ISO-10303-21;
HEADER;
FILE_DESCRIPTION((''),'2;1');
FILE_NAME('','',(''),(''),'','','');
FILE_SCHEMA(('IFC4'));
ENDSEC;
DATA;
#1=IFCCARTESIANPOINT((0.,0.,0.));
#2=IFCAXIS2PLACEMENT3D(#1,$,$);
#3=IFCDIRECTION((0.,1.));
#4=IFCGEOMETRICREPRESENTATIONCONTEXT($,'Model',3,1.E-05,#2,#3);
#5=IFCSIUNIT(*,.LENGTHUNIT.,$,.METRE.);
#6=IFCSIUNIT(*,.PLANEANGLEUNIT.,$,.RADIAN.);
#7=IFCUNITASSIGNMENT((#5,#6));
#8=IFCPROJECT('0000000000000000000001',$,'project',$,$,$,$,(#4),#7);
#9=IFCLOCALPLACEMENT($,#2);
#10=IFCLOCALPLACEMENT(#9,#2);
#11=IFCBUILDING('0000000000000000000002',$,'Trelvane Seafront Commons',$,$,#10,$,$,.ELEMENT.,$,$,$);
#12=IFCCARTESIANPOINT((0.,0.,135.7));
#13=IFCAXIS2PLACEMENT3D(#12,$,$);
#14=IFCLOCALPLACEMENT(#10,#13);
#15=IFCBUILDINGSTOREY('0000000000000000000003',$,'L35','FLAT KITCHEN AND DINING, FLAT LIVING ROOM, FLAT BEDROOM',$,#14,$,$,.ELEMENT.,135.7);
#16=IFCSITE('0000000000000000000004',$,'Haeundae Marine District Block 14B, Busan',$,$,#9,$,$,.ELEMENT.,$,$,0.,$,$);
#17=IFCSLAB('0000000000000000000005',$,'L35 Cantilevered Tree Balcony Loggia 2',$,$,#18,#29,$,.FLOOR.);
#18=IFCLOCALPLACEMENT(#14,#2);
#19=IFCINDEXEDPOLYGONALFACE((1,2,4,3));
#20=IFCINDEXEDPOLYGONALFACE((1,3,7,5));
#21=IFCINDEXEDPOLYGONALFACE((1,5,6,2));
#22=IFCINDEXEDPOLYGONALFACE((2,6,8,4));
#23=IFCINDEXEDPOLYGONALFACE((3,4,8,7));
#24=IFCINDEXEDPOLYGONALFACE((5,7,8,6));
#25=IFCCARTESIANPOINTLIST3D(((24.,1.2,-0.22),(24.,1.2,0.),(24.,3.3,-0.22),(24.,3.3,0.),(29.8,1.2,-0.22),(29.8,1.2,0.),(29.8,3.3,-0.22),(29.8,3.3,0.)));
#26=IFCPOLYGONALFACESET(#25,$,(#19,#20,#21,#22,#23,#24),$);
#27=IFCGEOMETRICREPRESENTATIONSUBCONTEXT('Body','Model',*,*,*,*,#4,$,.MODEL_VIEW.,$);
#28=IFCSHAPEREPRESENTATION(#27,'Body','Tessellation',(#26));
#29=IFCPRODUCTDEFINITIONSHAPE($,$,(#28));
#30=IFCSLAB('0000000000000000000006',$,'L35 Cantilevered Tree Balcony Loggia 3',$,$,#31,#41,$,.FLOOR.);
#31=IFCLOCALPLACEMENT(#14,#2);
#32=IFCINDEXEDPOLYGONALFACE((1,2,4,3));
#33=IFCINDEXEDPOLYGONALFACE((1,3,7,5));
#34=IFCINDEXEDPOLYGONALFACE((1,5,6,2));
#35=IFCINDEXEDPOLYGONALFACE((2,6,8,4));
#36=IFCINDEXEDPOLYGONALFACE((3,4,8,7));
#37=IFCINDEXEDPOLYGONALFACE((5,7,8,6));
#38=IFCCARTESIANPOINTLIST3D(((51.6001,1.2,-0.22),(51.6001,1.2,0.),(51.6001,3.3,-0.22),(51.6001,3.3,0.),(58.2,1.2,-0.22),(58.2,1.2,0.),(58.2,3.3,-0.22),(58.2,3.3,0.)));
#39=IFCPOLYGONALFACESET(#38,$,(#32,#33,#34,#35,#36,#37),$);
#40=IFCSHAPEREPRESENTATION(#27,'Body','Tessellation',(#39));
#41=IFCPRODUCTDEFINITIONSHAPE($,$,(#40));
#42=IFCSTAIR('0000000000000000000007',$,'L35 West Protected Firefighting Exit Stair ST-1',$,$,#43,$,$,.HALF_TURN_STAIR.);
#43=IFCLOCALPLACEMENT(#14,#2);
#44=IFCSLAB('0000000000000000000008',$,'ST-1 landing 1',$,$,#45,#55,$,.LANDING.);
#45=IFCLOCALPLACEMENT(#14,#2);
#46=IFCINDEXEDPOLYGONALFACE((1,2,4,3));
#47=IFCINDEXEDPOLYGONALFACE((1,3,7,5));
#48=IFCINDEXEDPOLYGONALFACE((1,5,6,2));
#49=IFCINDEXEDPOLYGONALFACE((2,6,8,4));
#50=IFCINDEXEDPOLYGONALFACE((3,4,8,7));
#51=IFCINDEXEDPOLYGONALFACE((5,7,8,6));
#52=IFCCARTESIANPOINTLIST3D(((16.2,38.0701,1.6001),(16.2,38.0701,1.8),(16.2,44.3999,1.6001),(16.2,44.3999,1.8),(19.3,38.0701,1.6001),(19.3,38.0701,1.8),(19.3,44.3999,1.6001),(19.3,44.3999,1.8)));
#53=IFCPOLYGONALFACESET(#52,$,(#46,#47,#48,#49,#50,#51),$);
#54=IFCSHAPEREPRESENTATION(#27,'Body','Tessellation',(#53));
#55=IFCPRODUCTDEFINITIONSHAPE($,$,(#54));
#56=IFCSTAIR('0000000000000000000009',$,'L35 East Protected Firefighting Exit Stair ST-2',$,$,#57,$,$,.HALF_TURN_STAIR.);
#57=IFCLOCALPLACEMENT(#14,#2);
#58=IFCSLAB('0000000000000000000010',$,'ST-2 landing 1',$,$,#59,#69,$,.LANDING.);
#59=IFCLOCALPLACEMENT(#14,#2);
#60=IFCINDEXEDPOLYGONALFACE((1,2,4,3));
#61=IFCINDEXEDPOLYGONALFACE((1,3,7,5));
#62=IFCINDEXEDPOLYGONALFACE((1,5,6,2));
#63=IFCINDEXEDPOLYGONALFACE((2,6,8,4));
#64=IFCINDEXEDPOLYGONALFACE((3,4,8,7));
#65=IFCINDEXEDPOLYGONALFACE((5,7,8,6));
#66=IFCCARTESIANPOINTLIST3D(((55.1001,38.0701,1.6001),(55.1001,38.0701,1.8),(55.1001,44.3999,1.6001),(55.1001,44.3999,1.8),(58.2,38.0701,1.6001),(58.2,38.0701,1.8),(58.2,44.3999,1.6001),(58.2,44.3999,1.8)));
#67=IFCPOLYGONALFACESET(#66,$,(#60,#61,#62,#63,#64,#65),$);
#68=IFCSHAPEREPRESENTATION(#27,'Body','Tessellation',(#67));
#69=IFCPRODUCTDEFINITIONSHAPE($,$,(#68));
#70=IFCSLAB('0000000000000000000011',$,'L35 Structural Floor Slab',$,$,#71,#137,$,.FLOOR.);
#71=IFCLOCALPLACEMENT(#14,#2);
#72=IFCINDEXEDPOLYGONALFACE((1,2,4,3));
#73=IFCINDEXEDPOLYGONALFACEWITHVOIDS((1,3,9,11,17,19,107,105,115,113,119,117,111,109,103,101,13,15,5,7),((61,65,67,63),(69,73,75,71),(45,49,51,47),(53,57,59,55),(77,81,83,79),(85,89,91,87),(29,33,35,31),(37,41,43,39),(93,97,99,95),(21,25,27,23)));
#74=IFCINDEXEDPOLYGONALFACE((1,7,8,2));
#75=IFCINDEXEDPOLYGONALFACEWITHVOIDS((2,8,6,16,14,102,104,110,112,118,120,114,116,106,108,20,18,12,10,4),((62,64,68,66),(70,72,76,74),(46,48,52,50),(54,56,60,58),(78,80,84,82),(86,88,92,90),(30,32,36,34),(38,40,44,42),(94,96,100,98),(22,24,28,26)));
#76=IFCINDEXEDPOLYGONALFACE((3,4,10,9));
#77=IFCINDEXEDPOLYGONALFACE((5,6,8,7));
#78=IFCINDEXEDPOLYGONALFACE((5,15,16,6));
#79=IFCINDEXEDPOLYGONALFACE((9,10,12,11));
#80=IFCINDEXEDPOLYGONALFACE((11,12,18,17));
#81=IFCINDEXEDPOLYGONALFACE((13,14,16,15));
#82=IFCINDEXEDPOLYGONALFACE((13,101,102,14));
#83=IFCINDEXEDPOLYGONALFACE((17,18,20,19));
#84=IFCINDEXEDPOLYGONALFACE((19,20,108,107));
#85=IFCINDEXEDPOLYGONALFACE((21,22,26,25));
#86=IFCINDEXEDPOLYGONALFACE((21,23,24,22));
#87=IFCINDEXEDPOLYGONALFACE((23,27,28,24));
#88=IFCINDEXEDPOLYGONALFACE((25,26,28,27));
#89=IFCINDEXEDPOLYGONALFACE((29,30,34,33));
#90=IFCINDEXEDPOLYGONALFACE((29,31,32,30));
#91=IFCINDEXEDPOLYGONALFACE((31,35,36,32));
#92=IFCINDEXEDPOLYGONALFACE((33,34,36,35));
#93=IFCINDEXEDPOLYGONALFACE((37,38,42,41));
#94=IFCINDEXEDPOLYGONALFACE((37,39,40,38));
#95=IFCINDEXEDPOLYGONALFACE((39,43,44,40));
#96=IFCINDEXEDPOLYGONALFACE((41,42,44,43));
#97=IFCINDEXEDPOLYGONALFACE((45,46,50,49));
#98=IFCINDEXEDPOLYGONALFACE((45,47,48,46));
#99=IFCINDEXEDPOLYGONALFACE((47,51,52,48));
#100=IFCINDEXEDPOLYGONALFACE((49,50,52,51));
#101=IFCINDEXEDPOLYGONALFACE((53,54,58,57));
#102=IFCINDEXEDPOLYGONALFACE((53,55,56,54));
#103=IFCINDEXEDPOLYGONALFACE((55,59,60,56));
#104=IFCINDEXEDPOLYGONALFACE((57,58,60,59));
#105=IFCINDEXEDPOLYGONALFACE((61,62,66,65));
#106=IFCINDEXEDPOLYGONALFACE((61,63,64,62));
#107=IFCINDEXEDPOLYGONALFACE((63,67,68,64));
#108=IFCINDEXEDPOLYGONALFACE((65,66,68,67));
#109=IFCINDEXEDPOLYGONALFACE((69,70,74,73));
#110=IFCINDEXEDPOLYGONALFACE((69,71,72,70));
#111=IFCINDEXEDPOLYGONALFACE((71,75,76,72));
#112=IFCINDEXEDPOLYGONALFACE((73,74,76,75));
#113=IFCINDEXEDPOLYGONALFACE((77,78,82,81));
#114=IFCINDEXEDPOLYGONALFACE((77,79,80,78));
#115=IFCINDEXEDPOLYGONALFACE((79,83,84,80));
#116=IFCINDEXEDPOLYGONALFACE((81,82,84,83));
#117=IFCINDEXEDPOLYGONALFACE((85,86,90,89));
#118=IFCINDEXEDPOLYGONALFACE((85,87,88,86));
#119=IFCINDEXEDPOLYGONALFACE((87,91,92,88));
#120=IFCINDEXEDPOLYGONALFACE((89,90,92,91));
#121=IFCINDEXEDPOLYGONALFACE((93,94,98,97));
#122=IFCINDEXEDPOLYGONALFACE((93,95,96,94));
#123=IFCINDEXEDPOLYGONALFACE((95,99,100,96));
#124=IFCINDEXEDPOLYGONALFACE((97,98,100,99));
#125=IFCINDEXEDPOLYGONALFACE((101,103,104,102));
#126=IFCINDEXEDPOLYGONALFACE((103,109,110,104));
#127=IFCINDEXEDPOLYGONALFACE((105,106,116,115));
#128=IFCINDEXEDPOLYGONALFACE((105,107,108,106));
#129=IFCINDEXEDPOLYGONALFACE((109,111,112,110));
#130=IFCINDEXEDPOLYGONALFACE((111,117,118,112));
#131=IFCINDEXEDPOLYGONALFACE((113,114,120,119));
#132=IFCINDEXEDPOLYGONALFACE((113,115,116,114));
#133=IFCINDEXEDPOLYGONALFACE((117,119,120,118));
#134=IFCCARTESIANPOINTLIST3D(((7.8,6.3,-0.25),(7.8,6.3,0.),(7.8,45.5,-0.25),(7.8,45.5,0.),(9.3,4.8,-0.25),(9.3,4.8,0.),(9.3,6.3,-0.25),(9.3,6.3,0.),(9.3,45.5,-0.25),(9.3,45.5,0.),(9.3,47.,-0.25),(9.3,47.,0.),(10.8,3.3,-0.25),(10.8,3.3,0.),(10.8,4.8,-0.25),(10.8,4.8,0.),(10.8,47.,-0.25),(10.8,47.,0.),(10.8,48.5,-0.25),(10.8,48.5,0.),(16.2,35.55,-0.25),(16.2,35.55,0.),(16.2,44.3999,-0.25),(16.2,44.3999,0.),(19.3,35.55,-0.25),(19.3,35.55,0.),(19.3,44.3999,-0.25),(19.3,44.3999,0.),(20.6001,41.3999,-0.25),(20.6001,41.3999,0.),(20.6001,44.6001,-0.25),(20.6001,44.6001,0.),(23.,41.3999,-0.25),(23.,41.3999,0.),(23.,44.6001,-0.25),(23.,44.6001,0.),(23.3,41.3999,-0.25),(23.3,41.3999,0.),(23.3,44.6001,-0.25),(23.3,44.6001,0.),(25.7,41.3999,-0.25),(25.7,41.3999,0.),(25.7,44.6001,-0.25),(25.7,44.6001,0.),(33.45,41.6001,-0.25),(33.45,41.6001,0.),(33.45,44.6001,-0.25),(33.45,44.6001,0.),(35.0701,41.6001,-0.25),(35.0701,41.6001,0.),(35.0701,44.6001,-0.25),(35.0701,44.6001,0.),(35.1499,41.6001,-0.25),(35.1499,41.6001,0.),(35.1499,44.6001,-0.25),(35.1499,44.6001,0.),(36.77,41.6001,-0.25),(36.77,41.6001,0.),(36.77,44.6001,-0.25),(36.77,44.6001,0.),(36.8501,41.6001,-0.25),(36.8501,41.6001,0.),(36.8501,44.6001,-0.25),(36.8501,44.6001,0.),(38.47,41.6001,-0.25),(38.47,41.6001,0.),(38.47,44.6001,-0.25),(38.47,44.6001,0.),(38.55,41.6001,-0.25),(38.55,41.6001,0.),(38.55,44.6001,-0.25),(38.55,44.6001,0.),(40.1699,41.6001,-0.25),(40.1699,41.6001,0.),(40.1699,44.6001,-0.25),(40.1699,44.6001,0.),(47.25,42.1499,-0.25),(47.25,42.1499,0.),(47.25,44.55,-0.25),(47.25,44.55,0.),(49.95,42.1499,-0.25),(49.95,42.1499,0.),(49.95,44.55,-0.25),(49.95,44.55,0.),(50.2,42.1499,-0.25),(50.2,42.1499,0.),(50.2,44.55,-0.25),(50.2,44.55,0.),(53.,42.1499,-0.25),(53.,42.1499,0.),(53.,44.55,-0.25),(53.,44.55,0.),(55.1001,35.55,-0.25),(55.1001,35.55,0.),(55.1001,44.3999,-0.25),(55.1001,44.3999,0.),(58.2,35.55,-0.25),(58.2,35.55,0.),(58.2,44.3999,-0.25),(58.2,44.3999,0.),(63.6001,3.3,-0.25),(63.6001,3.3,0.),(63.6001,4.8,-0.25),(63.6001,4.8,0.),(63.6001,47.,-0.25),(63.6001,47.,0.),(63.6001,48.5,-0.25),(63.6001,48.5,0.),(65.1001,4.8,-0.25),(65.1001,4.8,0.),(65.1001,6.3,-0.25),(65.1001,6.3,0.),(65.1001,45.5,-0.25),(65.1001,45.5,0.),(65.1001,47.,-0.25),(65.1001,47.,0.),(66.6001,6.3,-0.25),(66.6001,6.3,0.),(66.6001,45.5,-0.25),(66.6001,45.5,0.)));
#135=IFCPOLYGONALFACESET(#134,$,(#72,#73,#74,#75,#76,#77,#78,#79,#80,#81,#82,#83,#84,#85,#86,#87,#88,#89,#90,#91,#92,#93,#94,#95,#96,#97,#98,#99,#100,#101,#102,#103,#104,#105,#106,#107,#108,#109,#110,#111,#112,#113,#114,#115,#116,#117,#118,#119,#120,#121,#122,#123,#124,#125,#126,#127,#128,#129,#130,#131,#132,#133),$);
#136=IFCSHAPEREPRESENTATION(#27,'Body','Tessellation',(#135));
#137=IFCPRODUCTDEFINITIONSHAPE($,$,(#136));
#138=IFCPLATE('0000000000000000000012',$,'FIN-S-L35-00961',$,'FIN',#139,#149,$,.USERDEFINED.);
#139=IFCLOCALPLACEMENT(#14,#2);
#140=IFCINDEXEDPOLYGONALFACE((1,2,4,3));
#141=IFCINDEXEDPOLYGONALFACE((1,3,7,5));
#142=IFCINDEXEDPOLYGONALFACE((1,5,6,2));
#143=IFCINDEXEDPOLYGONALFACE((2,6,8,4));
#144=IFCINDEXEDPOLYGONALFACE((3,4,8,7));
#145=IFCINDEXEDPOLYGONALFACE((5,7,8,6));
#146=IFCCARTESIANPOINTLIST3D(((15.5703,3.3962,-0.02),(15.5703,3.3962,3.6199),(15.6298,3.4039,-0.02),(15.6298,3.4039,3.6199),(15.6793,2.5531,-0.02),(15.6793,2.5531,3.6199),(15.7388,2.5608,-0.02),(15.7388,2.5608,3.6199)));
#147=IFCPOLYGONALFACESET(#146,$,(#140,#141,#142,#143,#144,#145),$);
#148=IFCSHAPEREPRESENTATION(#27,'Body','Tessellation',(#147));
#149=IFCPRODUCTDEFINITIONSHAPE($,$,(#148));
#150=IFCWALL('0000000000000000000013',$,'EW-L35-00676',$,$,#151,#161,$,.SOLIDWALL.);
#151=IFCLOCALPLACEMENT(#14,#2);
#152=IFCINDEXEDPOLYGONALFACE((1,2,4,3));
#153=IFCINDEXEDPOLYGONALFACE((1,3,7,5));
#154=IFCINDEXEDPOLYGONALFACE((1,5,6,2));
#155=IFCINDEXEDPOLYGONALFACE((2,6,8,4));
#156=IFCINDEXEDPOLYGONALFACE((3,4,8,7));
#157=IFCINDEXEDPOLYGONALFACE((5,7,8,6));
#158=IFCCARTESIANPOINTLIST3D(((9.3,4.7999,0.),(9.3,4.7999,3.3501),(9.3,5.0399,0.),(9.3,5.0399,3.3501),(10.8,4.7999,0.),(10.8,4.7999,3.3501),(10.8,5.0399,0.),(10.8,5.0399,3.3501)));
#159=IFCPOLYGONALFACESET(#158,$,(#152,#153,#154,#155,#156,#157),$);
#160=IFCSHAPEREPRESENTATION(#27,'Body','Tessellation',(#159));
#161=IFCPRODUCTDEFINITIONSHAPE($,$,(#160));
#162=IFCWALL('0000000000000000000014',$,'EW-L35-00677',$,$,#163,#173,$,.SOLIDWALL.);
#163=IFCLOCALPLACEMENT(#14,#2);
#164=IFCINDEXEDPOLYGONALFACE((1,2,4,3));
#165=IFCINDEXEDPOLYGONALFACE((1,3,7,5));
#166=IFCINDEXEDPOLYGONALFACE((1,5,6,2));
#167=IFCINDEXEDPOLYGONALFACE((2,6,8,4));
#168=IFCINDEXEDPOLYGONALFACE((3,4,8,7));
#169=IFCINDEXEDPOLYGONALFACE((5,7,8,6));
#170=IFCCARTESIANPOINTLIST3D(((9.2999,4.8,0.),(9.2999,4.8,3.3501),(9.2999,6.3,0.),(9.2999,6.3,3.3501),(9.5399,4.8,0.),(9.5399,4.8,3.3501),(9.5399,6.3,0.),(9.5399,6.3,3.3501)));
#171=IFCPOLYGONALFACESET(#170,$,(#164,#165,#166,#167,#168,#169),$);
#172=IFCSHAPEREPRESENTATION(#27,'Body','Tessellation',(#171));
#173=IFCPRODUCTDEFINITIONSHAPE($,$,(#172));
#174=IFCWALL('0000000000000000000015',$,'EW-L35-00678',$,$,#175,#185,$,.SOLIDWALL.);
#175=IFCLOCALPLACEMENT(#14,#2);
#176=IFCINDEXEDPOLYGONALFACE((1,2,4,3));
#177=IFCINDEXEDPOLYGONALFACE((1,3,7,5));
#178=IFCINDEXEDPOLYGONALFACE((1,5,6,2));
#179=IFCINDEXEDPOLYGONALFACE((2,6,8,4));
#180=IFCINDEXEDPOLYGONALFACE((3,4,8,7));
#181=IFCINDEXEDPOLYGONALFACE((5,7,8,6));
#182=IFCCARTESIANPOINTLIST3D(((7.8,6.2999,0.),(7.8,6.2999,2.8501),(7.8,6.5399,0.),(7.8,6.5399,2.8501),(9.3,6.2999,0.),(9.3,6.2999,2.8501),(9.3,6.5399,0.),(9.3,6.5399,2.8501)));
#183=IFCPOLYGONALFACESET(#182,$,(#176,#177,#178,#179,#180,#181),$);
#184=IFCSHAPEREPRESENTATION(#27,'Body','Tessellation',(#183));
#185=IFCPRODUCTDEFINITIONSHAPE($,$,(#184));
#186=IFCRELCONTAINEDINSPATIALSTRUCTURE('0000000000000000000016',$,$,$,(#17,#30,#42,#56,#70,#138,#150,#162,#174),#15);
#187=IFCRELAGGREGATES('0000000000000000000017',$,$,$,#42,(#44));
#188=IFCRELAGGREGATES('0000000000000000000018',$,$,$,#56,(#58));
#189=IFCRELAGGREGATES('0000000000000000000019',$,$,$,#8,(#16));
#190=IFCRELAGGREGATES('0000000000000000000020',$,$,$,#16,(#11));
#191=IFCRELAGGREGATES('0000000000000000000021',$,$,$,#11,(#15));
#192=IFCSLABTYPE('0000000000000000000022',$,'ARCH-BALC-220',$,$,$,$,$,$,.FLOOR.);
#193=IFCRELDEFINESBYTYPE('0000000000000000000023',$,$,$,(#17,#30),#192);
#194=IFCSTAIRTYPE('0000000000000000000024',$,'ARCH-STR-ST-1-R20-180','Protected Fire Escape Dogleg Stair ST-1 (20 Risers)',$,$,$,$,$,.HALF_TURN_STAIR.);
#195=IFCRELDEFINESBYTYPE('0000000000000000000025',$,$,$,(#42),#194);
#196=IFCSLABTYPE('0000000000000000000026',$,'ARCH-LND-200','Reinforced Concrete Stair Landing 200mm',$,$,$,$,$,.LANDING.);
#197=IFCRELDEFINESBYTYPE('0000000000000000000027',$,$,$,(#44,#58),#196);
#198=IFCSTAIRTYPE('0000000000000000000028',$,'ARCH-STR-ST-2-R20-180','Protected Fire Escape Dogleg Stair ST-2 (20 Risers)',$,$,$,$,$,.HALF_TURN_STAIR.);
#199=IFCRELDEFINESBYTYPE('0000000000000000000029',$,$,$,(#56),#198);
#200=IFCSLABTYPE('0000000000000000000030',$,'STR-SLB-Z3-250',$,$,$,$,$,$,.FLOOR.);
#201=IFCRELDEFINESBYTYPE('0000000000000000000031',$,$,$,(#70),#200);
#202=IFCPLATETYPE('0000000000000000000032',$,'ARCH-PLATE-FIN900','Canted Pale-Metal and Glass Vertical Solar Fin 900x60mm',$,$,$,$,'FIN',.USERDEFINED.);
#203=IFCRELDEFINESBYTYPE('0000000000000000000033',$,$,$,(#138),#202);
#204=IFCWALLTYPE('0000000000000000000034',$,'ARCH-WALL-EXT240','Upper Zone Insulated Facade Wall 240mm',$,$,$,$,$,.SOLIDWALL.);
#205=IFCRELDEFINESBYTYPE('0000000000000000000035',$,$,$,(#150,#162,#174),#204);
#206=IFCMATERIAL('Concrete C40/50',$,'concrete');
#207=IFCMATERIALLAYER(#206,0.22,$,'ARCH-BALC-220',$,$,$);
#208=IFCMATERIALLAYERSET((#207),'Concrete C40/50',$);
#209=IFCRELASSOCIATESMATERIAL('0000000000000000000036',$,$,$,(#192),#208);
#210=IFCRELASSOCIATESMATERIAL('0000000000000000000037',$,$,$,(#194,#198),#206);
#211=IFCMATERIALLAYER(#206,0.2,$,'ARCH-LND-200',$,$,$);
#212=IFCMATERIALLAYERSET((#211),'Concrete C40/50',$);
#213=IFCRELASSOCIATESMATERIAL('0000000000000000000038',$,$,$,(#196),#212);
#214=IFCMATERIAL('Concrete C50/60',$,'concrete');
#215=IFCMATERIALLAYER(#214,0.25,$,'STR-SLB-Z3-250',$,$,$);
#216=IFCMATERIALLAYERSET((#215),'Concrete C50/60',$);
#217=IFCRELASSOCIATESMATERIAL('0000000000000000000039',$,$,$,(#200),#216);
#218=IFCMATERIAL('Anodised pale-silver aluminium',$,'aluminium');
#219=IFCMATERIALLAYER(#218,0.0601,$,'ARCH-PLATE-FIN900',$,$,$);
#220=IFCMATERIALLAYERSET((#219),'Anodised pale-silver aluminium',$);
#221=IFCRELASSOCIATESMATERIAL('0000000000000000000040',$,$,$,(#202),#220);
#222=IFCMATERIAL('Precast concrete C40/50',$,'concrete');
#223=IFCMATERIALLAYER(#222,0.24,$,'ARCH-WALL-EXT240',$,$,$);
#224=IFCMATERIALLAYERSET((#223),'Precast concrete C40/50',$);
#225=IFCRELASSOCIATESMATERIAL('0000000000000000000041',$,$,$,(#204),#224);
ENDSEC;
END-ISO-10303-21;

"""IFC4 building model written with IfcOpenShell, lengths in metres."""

from ifc_helpers import new_model, si_unit, direction, frame, frame_2d, origin, origin_2d, place, context, subcontext, project, spatial, polyline, rectangle, outline, extrude, source, transform, mapped, material, layer, layer_set, type_object, element, aggregate, save


model = new_model("IFC4")

# Units and contexts
model_context = context("Model", 3, precision=1e-05, world=origin(), true_north=direction((0.0, 1.0)))
body_context = subcontext(model_context, "Body", "Model", "MODEL_VIEW")
ifc_project = project(units=[si_unit("LENGTHUNIT", "METRE"), si_unit("PLANEANGLEUNIT", "RADIAN")], contexts=[model_context])

# Site, building, storey
site_placement = place(None, origin())
site = spatial("IfcSite", under=ifc_project, at=site_placement, Name="Haeundae Marine District Block 14B, Busan", CompositionType="ELEMENT", RefElevation=0.0)
building_placement = place(site_placement, origin())
building = spatial("IfcBuilding", under=site, at=building_placement, Name="Trelvane Seafront Commons", CompositionType="ELEMENT")
storey_placement = place(building_placement, frame((0.0, 0.0, 135.7)))
storey = spatial("IfcBuildingStorey", under=building, at=storey_placement, Name="L35", Description="FLAT KITCHEN AND DINING, FLAT LIVING ROOM, FLAT BEDROOM", CompositionType="ELEMENT", Elevation=135.7)

# Slabs
ifc_material_1 = material(Name="Concrete C40/50", Category="concrete")
ifc_layer_1 = layer(ifc_material_1, 0.22, Name="ARCH-BALC-220")
ifc_layer_set_1 = layer_set([ifc_layer_1], Name="Concrete C40/50")
slab_type_1 = type_object("IfcSlabType", Name="ARCH-BALC-220", PredefinedType="FLOOR", material=ifc_layer_set_1)
slab_1_placement = place(storey_placement, frame((0.0, 0.0, -0.22)))
element("IfcSlab", 1, at=slab_1_placement, inside=storey, type_object=slab_type_1, Name="L35 Cantilevered Tree Balcony Loggia 2", PredefinedType="FLOOR", context=body_context, shape_type="SweptSolid", body=[
    extrude(outline(polyline([(24.0, 1.2), (29.8, 1.2), (29.8, 3.3), (24.0, 3.3), (24.0, 1.2)])), origin(), (0.0, 0.0, 1.0), 0.22),
])
slab_2_placement = place(storey_placement, frame((0.0, 0.0, -0.22)))
element("IfcSlab", 2, at=slab_2_placement, inside=storey, type_object=slab_type_1, Name="L35 Cantilevered Tree Balcony Loggia 3", PredefinedType="FLOOR", context=body_context, shape_type="SweptSolid", body=[
    extrude(outline(polyline([(51.6001, 1.2), (58.2, 1.2), (58.2, 3.3), (51.6001, 3.3), (51.6001, 1.2)])), origin(), (0.0, 0.0, 1.0), 0.22),
])

# Stairs, slabs
stair_type_1 = type_object("IfcStairType", Name="ARCH-STR-ST-1-R20-180", Description="Protected Fire Escape Dogleg Stair ST-1 (20 Risers)", PredefinedType="HALF_TURN_STAIR", material=ifc_material_1)
stair_1_placement = place(storey_placement, origin())
stair_1 = element("IfcStair", 3, at=stair_1_placement, inside=storey, type_object=stair_type_1, Name="L35 West Protected Firefighting Exit Stair ST-1", PredefinedType="HALF_TURN_STAIR")
ifc_layer_2 = layer(ifc_material_1, 0.2, Name="ARCH-LND-200")
ifc_layer_set_2 = layer_set([ifc_layer_2], Name="Concrete C40/50")
slab_type_2 = type_object("IfcSlabType", Name="ARCH-LND-200", Description="Reinforced Concrete Stair Landing 200mm", PredefinedType="LANDING", material=ifc_layer_set_2)
slab_3_placement = place(storey_placement, frame((0.0, 0.0, 1.6001)))
slab_3 = element("IfcSlab", 4, at=slab_3_placement, type_object=slab_type_2, Name="ST-1 landing 1", PredefinedType="LANDING", context=body_context, shape_type="SweptSolid", body=[
    extrude(outline(polyline([(19.3, 38.0701), (19.3, 44.3999), (16.2, 44.3999), (16.2, 38.0701), (19.3, 38.0701)])), origin(), (0.0, 0.0, 1.0), 0.2),
])
aggregate(stair_1, [slab_3])
stair_type_2 = type_object("IfcStairType", Name="ARCH-STR-ST-2-R20-180", Description="Protected Fire Escape Dogleg Stair ST-2 (20 Risers)", PredefinedType="HALF_TURN_STAIR", material=ifc_material_1)
stair_2_placement = place(storey_placement, origin())
stair_2 = element("IfcStair", 5, at=stair_2_placement, inside=storey, type_object=stair_type_2, Name="L35 East Protected Firefighting Exit Stair ST-2", PredefinedType="HALF_TURN_STAIR")
slab_4_placement = place(storey_placement, frame((0.0, 0.0, 1.6001)))
slab_4 = element("IfcSlab", 6, at=slab_4_placement, type_object=slab_type_2, Name="ST-2 landing 1", PredefinedType="LANDING", context=body_context, shape_type="SweptSolid", body=[
    extrude(outline(polyline([(58.2, 38.0701), (58.2, 44.3999), (55.1001, 44.3999), (55.1001, 38.0701), (58.2, 38.0701)])), origin(), (0.0, 0.0, 1.0), 0.2),
])
aggregate(stair_2, [slab_4])

# Slab
ifc_material_2 = material(Name="Concrete C50/60", Category="concrete")
ifc_layer_3 = layer(ifc_material_2, 0.25, Name="STR-SLB-Z3-250")
ifc_layer_set_3 = layer_set([ifc_layer_3], Name="Concrete C50/60")
slab_type_3 = type_object("IfcSlabType", Name="STR-SLB-Z3-250", PredefinedType="FLOOR", material=ifc_layer_set_3)
slab_5_placement = place(storey_placement, frame((0.0, 0.0, -0.25)))
element("IfcSlab", 7, at=slab_5_placement, inside=storey, type_object=slab_type_3, Name="L35 Structural Floor Slab", PredefinedType="FLOOR", context=body_context, shape_type="SweptSolid", body=[
    extrude(outline(polyline([(10.8, 3.3), (63.6001, 3.3), (63.6001, 4.8), (65.1001, 4.8), (65.1001, 6.3), (66.6001, 6.3), (66.6001, 45.5), (65.1001, 45.5), (65.1001, 47.0), (63.6001, 47.0), (63.6001, 48.5), (10.8, 48.5), (10.8, 47.0), (9.3, 47.0), (9.3, 45.5), (7.8, 45.5), (7.8, 6.3), (9.3, 6.3), (9.3, 4.8), (10.8, 4.8), (10.8, 3.3)]), holes=[polyline([(19.3, 35.55), (16.2, 35.55), (16.2, 44.3999), (19.3, 44.3999), (19.3, 35.55)]), polyline([(58.2, 35.55), (55.1001, 35.55), (55.1001, 44.3999), (58.2, 44.3999), (58.2, 35.55)]), polyline([(23.0, 41.3999), (20.6001, 41.3999), (20.6001, 44.6001), (23.0, 44.6001), (23.0, 41.3999)]), polyline([(23.3, 41.3999), (23.3, 44.6001), (25.7, 44.6001), (25.7, 41.3999), (23.3, 41.3999)]), polyline([(33.45, 41.6001), (33.45, 44.6001), (35.0701, 44.6001), (35.0701, 41.6001), (33.45, 41.6001)]), polyline([(36.77, 41.6001), (35.1499, 41.6001), (35.1499, 44.6001), (36.77, 44.6001), (36.77, 41.6001)]), polyline([(38.47, 41.6001), (36.8501, 41.6001), (36.8501, 44.6001), (38.47, 44.6001), (38.47, 41.6001)]), polyline([(40.1699, 41.6001), (38.55, 41.6001), (38.55, 44.6001), (40.1699, 44.6001), (40.1699, 41.6001)]), polyline([(47.25, 42.1499), (47.25, 44.55), (49.95, 44.55), (49.95, 42.1499), (47.25, 42.1499)]), polyline([(50.2, 42.1499), (50.2, 44.55), (53.0, 44.55), (53.0, 42.1499), (50.2, 42.1499)])]), origin(), (0.0, 0.0, 1.0), 0.25),
])

# Plate
ifc_material_3 = material(Name="Anodised pale-silver aluminium", Category="aluminium")
ifc_layer_4 = layer(ifc_material_3, 0.0601, Name="ARCH-PLATE-FIN900")
ifc_layer_set_4 = layer_set([ifc_layer_4], Name="Anodised pale-silver aluminium")
plate_type = type_object("IfcPlateType", Name="ARCH-PLATE-FIN900", Description="Canted Pale-Metal and Glass Vertical Solar Fin 900x60mm", ElementType="FIN", PredefinedType="USERDEFINED", material=ifc_layer_set_4)
shared_shape_1 = source(origin(), body_context, "Body", "SweptSolid", [
    extrude(rectangle(XDim=0.8501, YDim=0.0601, at=origin_2d()), origin(), (0.0, 0.0, 1.0), 3.6399),
])
plate_placement = place(storey_placement, frame((15.6545, 2.9785, -0.02), z_axis=(0.0, 0.0, 1.0), x_axis=(0.128233, -0.991744, 0.0)))
element("IfcPlate", 8, at=plate_placement, inside=storey, type_object=plate_type, Name="FIN-S-L35-00961", ObjectType="FIN", PredefinedType="USERDEFINED", context=body_context, shape_type="MappedRepresentation", body=[
    mapped(shared_shape_1, transform((0.0, 0.0, 0.0), x_axis=(1.0, 0.0, 0.0), y_axis=(0.0, 1.0, 0.0), z_axis=(0.0, 0.0, 1.0), scale=1.0)),
])

# Walls
ifc_material_4 = material(Name="Precast concrete C40/50", Category="concrete")
ifc_layer_5 = layer(ifc_material_4, 0.24, Name="ARCH-WALL-EXT240")
ifc_layer_set_5 = layer_set([ifc_layer_5], Name="Precast concrete C40/50")
wall_type_1 = type_object("IfcWallType", Name="ARCH-WALL-EXT240", Description="Upper Zone Insulated Facade Wall 240mm", PredefinedType="SOLIDWALL", material=ifc_layer_set_5)
for number, where, z_axis, x_axis, name in (
    (9, (10.8, 4.9199, 0.0), (0.0, 0.0, 1.0), (-1.0, 0.0, 0.0), "EW-L35-00676"),
    (10, (9.4199, 4.8, 0.0), (0.0, 0.0, 1.0), (0.0, 1.0, 0.0), "EW-L35-00677"),
):
    element("IfcWall", number, at=place(storey_placement, frame(where, z_axis=z_axis, x_axis=x_axis)), inside=storey, type_object=wall_type_1, Name=name, PredefinedType="SOLIDWALL", context=body_context, shape_type="SweptSolid", body=[
        extrude(rectangle(XDim=1.5, YDim=0.24, at=frame_2d((0.75, 0.0))), origin(), (0.0, 0.0, 1.0), 3.3501),
    ])
wall_1_placement = place(storey_placement, frame((9.3, 6.4199, 0.0), z_axis=(0.0, 0.0, 1.0), x_axis=(-1.0, 0.0, 0.0)))
element("IfcWall", 11, at=wall_1_placement, inside=storey, type_object=wall_type_1, Name="EW-L35-00678", PredefinedType="SOLIDWALL", context=body_context, shape_type="SweptSolid", body=[
    extrude(rectangle(XDim=1.5, YDim=0.24, at=frame_2d((0.75, 0.0))), origin(), (0.0, 0.0, 1.0), 2.8501),
])

save(model, "model.ifc")
